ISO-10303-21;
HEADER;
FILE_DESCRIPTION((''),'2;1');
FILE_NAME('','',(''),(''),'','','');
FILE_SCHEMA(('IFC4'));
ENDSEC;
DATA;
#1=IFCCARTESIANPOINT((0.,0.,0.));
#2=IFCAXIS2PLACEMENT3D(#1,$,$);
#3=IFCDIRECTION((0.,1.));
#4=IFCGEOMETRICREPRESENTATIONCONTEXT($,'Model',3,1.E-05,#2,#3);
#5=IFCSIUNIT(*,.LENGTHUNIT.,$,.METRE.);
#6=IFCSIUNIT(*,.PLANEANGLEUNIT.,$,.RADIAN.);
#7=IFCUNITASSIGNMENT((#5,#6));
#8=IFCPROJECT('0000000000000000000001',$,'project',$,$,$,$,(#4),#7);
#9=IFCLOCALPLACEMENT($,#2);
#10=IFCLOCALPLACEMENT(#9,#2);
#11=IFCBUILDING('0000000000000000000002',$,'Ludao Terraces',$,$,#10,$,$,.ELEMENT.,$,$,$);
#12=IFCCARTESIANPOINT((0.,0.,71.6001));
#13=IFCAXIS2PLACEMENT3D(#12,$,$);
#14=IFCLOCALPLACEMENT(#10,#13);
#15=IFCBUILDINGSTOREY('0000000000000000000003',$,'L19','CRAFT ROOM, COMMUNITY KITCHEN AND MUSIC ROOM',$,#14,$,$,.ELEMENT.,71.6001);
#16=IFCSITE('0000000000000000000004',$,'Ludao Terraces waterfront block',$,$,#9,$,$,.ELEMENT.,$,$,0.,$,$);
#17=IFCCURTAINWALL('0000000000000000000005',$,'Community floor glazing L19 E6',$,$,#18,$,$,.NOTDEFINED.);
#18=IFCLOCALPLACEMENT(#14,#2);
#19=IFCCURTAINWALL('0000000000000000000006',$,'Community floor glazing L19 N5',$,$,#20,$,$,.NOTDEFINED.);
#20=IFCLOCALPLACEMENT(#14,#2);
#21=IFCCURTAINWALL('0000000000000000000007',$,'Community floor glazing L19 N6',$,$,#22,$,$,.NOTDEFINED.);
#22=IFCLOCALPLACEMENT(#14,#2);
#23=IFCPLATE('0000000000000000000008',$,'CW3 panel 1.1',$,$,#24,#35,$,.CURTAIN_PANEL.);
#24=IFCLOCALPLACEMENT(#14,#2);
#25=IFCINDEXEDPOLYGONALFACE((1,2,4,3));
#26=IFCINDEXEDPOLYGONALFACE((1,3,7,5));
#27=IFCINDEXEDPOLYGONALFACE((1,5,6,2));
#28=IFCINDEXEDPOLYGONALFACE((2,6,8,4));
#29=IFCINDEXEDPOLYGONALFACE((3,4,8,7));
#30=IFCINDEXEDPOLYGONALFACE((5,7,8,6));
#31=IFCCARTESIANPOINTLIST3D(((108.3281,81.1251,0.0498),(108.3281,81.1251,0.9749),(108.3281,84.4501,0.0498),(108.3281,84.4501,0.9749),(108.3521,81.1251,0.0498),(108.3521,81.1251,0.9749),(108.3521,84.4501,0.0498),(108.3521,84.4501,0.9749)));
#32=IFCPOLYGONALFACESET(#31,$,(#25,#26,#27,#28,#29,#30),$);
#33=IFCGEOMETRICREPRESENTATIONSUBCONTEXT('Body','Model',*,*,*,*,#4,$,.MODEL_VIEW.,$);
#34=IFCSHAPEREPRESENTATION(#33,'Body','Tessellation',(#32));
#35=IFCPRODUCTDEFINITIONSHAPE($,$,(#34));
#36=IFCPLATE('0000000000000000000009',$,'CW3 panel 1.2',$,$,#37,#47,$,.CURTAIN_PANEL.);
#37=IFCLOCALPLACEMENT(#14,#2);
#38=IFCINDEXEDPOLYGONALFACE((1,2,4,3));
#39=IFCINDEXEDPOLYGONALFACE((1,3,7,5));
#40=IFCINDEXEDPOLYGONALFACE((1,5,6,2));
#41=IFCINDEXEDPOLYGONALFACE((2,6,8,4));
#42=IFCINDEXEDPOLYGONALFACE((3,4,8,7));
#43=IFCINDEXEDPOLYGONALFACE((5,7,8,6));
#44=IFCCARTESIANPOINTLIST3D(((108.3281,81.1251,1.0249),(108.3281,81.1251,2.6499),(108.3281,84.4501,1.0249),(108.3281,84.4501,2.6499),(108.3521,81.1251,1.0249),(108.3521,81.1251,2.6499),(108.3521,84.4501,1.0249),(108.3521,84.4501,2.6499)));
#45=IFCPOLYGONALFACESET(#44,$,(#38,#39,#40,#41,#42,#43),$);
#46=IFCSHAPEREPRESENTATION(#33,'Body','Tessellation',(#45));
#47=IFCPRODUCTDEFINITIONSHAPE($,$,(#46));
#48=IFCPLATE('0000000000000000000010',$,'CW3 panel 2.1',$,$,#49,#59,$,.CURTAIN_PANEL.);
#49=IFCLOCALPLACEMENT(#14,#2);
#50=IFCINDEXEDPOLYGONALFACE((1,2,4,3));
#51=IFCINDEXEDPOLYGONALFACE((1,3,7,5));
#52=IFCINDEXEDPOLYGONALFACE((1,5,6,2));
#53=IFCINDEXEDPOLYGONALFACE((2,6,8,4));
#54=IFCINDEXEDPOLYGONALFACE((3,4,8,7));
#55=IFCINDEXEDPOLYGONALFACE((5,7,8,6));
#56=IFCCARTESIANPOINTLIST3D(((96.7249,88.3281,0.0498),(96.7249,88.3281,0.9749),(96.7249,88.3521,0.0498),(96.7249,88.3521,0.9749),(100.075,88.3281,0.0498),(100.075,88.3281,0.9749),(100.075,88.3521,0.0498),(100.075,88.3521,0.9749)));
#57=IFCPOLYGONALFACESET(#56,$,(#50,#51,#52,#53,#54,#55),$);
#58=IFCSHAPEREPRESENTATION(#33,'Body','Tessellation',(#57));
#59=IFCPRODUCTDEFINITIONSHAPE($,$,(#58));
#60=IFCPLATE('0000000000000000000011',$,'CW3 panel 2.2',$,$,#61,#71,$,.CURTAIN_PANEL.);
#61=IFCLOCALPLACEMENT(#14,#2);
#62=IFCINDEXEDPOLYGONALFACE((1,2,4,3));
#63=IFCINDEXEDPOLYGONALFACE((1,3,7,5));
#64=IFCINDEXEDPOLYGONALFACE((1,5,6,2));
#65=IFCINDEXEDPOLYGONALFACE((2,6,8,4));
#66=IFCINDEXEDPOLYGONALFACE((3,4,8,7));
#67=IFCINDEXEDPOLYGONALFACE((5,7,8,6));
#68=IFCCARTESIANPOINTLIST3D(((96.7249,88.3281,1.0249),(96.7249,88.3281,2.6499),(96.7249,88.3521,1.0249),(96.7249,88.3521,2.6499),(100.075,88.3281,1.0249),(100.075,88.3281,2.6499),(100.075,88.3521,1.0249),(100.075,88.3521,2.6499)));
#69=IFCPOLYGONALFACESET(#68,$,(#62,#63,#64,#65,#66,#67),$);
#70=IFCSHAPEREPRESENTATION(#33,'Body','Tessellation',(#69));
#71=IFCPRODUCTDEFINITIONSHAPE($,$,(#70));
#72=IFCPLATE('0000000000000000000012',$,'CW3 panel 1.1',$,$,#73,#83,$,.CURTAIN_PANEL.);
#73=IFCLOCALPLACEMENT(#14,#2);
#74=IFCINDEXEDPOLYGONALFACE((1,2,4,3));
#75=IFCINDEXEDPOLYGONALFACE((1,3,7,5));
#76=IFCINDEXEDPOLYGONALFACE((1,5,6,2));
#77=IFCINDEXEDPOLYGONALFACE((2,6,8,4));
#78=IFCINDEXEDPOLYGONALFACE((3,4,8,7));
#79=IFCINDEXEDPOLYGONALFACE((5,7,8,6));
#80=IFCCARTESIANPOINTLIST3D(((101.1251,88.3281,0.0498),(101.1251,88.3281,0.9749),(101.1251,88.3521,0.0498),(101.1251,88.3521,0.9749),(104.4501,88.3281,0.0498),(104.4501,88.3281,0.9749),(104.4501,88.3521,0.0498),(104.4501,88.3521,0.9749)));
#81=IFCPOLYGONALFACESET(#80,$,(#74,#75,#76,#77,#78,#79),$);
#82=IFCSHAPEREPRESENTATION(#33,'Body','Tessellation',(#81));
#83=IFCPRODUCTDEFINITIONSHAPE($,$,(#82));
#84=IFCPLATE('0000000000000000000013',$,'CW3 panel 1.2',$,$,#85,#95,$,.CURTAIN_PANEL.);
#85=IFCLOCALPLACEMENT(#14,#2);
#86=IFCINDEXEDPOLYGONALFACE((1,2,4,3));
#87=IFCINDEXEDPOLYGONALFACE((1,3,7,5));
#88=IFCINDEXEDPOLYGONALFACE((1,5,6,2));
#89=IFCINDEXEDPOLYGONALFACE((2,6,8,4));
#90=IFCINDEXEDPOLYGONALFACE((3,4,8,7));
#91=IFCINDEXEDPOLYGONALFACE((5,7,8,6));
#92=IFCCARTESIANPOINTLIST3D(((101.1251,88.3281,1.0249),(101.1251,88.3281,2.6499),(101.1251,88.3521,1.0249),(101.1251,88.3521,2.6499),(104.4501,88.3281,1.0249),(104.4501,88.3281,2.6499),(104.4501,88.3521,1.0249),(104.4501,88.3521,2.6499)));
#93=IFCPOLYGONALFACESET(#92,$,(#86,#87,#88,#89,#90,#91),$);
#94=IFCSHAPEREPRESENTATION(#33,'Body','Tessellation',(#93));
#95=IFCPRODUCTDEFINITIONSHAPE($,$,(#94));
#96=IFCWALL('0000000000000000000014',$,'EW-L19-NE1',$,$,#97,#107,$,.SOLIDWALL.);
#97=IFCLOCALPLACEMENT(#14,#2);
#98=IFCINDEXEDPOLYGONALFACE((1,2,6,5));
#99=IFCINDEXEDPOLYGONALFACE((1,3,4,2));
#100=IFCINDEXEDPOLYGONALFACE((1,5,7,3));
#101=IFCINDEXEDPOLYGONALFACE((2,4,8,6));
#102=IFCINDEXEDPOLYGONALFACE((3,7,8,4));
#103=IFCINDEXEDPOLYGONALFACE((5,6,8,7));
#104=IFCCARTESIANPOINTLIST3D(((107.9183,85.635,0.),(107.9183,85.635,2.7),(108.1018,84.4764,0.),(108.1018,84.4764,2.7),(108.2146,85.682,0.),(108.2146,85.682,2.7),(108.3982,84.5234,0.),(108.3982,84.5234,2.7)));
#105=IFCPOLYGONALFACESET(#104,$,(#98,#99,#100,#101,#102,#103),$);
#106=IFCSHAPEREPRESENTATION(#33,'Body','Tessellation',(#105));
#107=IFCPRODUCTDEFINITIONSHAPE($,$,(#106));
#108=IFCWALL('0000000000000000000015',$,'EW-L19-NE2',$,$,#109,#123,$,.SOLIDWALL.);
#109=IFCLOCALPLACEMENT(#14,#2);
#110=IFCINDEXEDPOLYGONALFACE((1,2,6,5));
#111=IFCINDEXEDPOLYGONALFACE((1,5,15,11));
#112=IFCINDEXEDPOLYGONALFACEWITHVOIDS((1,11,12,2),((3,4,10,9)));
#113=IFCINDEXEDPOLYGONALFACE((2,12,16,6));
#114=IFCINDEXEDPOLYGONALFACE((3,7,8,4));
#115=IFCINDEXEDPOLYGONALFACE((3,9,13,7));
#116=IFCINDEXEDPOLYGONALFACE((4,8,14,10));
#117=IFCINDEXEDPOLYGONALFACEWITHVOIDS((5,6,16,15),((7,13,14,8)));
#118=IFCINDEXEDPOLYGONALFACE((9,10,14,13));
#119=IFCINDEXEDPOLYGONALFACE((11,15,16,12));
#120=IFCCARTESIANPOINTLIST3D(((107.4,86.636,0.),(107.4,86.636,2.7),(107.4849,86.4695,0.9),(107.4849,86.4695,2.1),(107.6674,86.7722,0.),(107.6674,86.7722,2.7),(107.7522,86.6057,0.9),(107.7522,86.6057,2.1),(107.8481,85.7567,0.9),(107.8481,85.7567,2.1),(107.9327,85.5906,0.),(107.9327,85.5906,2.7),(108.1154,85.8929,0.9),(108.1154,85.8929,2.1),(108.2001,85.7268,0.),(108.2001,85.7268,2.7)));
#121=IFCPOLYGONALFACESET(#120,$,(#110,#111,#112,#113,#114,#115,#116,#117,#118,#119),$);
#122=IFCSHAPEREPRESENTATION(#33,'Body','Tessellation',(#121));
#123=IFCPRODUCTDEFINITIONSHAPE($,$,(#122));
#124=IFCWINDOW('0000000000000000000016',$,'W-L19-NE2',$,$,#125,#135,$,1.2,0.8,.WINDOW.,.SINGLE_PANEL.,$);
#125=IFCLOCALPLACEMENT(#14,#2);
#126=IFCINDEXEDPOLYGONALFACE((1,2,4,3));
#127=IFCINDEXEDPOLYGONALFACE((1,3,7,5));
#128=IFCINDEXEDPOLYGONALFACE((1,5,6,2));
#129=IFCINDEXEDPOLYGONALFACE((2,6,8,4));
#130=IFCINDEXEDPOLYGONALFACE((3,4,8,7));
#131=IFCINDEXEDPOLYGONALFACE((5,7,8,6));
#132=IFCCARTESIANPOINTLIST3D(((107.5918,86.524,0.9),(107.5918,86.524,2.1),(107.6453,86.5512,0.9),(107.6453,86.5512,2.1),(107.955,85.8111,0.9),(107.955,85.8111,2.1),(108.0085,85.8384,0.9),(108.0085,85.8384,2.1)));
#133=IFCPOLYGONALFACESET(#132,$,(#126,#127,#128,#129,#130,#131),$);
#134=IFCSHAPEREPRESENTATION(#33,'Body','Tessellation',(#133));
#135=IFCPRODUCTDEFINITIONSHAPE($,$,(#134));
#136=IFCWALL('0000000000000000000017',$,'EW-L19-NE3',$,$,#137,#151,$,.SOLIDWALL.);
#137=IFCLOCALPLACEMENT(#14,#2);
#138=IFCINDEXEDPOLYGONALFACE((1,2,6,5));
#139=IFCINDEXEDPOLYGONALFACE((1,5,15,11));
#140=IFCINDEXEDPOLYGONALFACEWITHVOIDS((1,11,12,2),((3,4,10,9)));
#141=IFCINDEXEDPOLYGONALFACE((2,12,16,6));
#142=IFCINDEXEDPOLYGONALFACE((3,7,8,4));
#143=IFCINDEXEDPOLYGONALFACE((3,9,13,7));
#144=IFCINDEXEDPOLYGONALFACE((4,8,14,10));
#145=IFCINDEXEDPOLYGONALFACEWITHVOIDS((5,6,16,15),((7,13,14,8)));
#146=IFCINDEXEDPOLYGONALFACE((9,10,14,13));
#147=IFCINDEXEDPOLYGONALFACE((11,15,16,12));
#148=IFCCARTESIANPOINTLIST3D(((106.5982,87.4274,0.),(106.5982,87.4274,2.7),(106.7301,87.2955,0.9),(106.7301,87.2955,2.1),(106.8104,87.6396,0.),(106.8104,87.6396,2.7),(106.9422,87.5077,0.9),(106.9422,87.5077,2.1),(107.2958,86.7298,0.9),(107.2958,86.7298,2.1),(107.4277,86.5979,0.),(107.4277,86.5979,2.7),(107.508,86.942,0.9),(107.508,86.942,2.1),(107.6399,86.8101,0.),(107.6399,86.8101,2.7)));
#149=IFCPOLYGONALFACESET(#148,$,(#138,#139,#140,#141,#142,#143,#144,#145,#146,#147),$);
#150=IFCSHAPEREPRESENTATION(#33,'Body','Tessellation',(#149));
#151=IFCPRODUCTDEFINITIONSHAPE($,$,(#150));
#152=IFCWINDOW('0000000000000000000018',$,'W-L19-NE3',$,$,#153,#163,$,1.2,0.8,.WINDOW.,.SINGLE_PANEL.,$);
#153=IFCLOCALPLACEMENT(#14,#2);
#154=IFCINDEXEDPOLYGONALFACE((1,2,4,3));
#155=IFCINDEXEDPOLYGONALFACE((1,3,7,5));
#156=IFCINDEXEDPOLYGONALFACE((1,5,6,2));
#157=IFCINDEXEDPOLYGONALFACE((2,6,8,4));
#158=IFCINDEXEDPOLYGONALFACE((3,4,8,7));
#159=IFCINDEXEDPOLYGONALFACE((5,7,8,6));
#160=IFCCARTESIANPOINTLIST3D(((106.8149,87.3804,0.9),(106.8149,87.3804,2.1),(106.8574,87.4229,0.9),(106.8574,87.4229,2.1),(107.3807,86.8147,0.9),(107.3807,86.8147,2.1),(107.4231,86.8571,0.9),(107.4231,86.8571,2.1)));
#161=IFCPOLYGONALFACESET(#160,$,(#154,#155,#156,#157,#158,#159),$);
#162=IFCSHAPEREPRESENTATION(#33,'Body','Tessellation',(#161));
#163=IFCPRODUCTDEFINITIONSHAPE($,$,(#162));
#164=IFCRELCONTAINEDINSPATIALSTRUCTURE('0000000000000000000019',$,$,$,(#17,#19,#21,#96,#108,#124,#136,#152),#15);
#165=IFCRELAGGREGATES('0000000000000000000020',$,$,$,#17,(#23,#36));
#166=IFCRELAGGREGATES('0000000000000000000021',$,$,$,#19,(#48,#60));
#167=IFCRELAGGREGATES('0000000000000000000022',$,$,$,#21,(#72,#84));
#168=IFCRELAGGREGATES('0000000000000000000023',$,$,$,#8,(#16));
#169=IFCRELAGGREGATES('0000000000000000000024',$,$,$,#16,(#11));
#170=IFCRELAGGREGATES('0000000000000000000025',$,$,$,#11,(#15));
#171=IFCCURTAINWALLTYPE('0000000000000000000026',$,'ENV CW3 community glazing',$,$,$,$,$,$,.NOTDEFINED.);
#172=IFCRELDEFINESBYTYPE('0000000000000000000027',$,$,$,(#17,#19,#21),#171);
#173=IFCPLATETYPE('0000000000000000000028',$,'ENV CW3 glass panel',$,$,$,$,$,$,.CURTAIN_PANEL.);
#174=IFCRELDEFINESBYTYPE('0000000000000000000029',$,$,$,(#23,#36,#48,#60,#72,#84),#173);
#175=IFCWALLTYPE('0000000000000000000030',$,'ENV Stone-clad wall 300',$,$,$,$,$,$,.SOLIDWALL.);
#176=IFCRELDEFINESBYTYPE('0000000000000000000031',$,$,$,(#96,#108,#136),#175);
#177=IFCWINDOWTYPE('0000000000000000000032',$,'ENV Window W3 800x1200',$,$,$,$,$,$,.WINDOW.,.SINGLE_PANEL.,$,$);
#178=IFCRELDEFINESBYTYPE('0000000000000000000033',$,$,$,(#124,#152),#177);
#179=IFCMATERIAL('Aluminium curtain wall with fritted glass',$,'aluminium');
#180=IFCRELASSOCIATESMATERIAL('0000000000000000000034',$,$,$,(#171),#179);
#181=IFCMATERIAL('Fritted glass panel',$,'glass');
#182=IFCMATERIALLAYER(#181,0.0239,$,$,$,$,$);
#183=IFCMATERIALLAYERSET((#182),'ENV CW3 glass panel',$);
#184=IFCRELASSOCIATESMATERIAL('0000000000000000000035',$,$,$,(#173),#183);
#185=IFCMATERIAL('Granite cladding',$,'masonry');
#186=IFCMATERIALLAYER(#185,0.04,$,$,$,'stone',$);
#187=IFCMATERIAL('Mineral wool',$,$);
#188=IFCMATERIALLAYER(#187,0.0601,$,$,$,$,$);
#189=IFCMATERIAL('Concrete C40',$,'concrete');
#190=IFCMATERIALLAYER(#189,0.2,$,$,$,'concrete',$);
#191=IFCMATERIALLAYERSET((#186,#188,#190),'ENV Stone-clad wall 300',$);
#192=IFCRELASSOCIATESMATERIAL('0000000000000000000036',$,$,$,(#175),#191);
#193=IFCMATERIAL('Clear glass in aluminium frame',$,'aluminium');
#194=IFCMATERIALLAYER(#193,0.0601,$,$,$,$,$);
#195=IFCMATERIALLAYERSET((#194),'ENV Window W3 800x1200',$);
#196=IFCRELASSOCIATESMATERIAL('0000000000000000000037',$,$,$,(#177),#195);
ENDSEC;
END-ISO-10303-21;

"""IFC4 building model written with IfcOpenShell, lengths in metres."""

from ifc_helpers import new_model, si_unit, direction, frame, frame_2d, origin, origin_2d, place, context, subcontext, project, spatial, rectangle, extrude, material, layer, layer_set, type_object, element, fill, aggregate, save


model = new_model("IFC4")

# Units and contexts
model_context = context("Model", 3, precision=1e-05, world=origin(), true_north=direction((0.0, 1.0)))
body_context = subcontext(model_context, "Body", "Model", "MODEL_VIEW")
ifc_project = project(units=[si_unit("LENGTHUNIT", "METRE"), si_unit("PLANEANGLEUNIT", "RADIAN")], contexts=[model_context])

# Site, building, storey
site_placement = place(None, origin())
site = spatial("IfcSite", under=ifc_project, at=site_placement, Name="Ludao Terraces waterfront block", CompositionType="ELEMENT", RefElevation=0.0)
building_placement = place(site_placement, origin())
building = spatial("IfcBuilding", under=site, at=building_placement, Name="Ludao Terraces", CompositionType="ELEMENT")
storey_placement = place(building_placement, frame((0.0, 0.0, 71.6001)))
storey = spatial("IfcBuildingStorey", under=building, at=storey_placement, Name="L19", Description="CRAFT ROOM, COMMUNITY KITCHEN AND MUSIC ROOM", CompositionType="ELEMENT", Elevation=71.6001)

# Curtain walls
ifc_material_1 = material(Name="Aluminium curtain wall with fritted glass", Category="aluminium")
curtain_wall_type = type_object("IfcCurtainWallType", Name="ENV CW3 community glazing", PredefinedType="NOTDEFINED", material=ifc_material_1)
curtain_wall_1_placement = place(storey_placement, origin())
curtain_wall_1 = element("IfcCurtainWall", 1, at=curtain_wall_1_placement, inside=storey, type_object=curtain_wall_type, Name="Community floor glazing L19 E6", PredefinedType="NOTDEFINED")
curtain_wall_2_placement = place(storey_placement, origin())
curtain_wall_2 = element("IfcCurtainWall", 2, at=curtain_wall_2_placement, inside=storey, type_object=curtain_wall_type, Name="Community floor glazing L19 N5", PredefinedType="NOTDEFINED")

# Curtain wall
curtain_wall_3_placement = place(storey_placement, origin())
curtain_wall_3 = element("IfcCurtainWall", 3, at=curtain_wall_3_placement, inside=storey, type_object=curtain_wall_type, Name="Community floor glazing L19 N6", PredefinedType="NOTDEFINED")

# Shared definitions
ifc_material_2 = material(Name="Concrete C40", Category="concrete")

# Plates
ifc_material_3 = material(Name="Fritted glass panel", Category="glass")
ifc_layer_1 = layer(ifc_material_3, 0.0239)
ifc_layer_set_1 = layer_set([ifc_layer_1], Name="ENV CW3 glass panel")
plate_type = type_object("IfcPlateType", Name="ENV CW3 glass panel", PredefinedType="CURTAIN_PANEL", material=ifc_layer_set_1)
plate_1_placement = place(storey_placement, frame((108.3401, 82.7876, 0.0498), z_axis=(0.0, 0.0, 1.0), x_axis=(0.0, 1.0, 0.0)))
plate_1 = element("IfcPlate", 4, at=plate_1_placement, type_object=plate_type, Name="CW3 panel 1.1", PredefinedType="CURTAIN_PANEL", context=body_context, shape_type="SweptSolid", body=[
    extrude(rectangle(XDim=3.325, YDim=0.0239, at=origin_2d()), origin(), (0.0, 0.0, 1.0), 0.925),
])
plate_2_placement = place(storey_placement, frame((108.3401, 82.7876, 1.0249), z_axis=(0.0, 0.0, 1.0), x_axis=(0.0, 1.0, 0.0)))
plate_2 = element("IfcPlate", 5, at=plate_2_placement, type_object=plate_type, Name="CW3 panel 1.2", PredefinedType="CURTAIN_PANEL", context=body_context, shape_type="SweptSolid", body=[
    extrude(rectangle(XDim=3.325, YDim=0.0239, at=origin_2d()), origin(), (0.0, 0.0, 1.0), 1.625),
])
aggregate(curtain_wall_1, [plate_1, plate_2])
plate_3_placement = place(storey_placement, frame((98.3999, 88.3401, 0.0498), z_axis=(0.0, 0.0, 1.0), x_axis=(1.0, 0.0, 0.0)))
plate_3 = element("IfcPlate", 6, at=plate_3_placement, type_object=plate_type, Name="CW3 panel 2.1", PredefinedType="CURTAIN_PANEL", context=body_context, shape_type="SweptSolid", body=[
    extrude(rectangle(XDim=3.3501, YDim=0.0239, at=origin_2d()), origin(), (0.0, 0.0, 1.0), 0.925),
])
plate_4_placement = place(storey_placement, frame((98.3999, 88.3401, 1.0249), z_axis=(0.0, 0.0, 1.0), x_axis=(1.0, 0.0, 0.0)))
plate_4 = element("IfcPlate", 7, at=plate_4_placement, type_object=plate_type, Name="CW3 panel 2.2", PredefinedType="CURTAIN_PANEL", context=body_context, shape_type="SweptSolid", body=[
    extrude(rectangle(XDim=3.3501, YDim=0.0239, at=origin_2d()), origin(), (0.0, 0.0, 1.0), 1.625),
])
aggregate(curtain_wall_2, [plate_3, plate_4])
plate_5_placement = place(storey_placement, frame((102.7876, 88.3401, 0.0498), z_axis=(0.0, 0.0, 1.0), x_axis=(1.0, 0.0, 0.0)))
plate_5 = element("IfcPlate", 8, at=plate_5_placement, type_object=plate_type, Name="CW3 panel 1.1", PredefinedType="CURTAIN_PANEL", context=body_context, shape_type="SweptSolid", body=[
    extrude(rectangle(XDim=3.325, YDim=0.0239, at=origin_2d()), origin(), (0.0, 0.0, 1.0), 0.925),
])
plate_6_placement = place(storey_placement, frame((102.7876, 88.3401, 1.0249), z_axis=(0.0, 0.0, 1.0), x_axis=(1.0, 0.0, 0.0)))
plate_6 = element("IfcPlate", 9, at=plate_6_placement, type_object=plate_type, Name="CW3 panel 1.2", PredefinedType="CURTAIN_PANEL", context=body_context, shape_type="SweptSolid", body=[
    extrude(rectangle(XDim=3.325, YDim=0.0239, at=origin_2d()), origin(), (0.0, 0.0, 1.0), 1.625),
])
aggregate(curtain_wall_3, [plate_5, plate_6])

# Wall
ifc_material_4 = material(Name="Granite cladding", Category="masonry")
ifc_layer_2 = layer(ifc_material_4, 0.04, Category="stone")
ifc_material_5 = material(Name="Mineral wool")
ifc_layer_3 = layer(ifc_material_5, 0.0601)
ifc_layer_4 = layer(ifc_material_2, 0.2, Category="concrete")
ifc_layer_set_2 = layer_set([ifc_layer_2, ifc_layer_3, ifc_layer_4], Name="ENV Stone-clad wall 300")
wall_type = type_object("IfcWallType", Name="ENV Stone-clad wall 300", PredefinedType="SOLIDWALL", material=ifc_layer_set_2)
wall_1_placement = place(storey_placement, frame((108.25, 84.5, 0.0), z_axis=(0.0, 0.0, 1.0), x_axis=(-0.156497, 0.987678, 0.0)))
element("IfcWall", 10, at=wall_1_placement, inside=storey, type_object=wall_type, Name="EW-L19-NE1", PredefinedType="SOLIDWALL", context=body_context, shape_type="SweptSolid", body=[
    extrude(rectangle(XDim=1.1731, YDim=0.3, at=frame_2d((0.5864, 0.0))), origin(), (0.0, 0.0, 1.0), 2.7),
])

# Walls, openings, windows
wall_2_placement = place(storey_placement, frame((108.0664, 85.6587, 0.0), z_axis=(0.0, 0.0, 1.0), x_axis=(-0.454026, 0.890989, 0.0)))
wall_2 = element("IfcWall", 11, at=wall_2_placement, inside=storey, type_object=wall_type, Name="EW-L19-NE2", PredefinedType="SOLIDWALL", context=body_context, shape_type="SweptSolid", body=[
    extrude(rectangle(XDim=1.1733, YDim=0.3, at=frame_2d((0.5867, 0.0))), origin(), (0.0, 0.0, 1.0), 2.7),
])
opening_1_placement = place(wall_2_placement, frame((0.1865, 0.0, 0.8999)))
opening_1 = element("IfcOpeningElement", 12, at=opening_1_placement, cuts=wall_2, PredefinedType="OPENING", context=body_context, shape_type="SweptSolid", body=[
    extrude(rectangle(XDim=0.8, YDim=1.2, at=frame_2d((0.3999, 0.6001))), frame((0.0, 0.1602, 0.0), z_axis=(0.0, -1.0, 0.0), x_axis=(1.0, 0.0, 0.0)), (0.0, 0.0, 1.0), 0.3201),
])
ifc_material_6 = material(Name="Clear glass in aluminium frame", Category="aluminium")
ifc_layer_5 = layer(ifc_material_6, 0.0601)
ifc_layer_set_3 = layer_set([ifc_layer_5], Name="ENV Window W3 800x1200")
window_type = type_object("IfcWindowType", Name="ENV Window W3 800x1200", PartitioningType="SINGLE_PANEL", PredefinedType="WINDOW", material=ifc_layer_set_3)
window_1_placement = place(opening_1_placement, origin())
window_1 = element("IfcWindow", 13, at=window_1_placement, inside=storey, type_object=window_type, Name="W-L19-NE2", OverallHeight=1.2, OverallWidth=0.8, PartitioningType="SINGLE_PANEL", PredefinedType="WINDOW", context=body_context, shape_type="SweptSolid", body=[
    extrude(rectangle(XDim=0.8, YDim=1.2, at=frame_2d((0.3999, 0.6001))), frame((0.0, 0.03, 0.0), z_axis=(0.0, -1.0, 0.0), x_axis=(1.0, 0.0, 0.0)), (0.0, 0.0, 1.0), 0.0601),
])
fill(opening_1, window_1)
wall_3_placement = place(storey_placement, frame((107.5337, 86.7041, 0.0), z_axis=(0.0, 0.0, 1.0), x_axis=(-0.707107, 0.707107, 0.0)))
wall_3 = element("IfcWall", 14, at=wall_3_placement, inside=storey, type_object=wall_type, Name="EW-L19-NE3", PredefinedType="SOLIDWALL", context=body_context, shape_type="SweptSolid", body=[
    extrude(rectangle(XDim=1.1731, YDim=0.3, at=frame_2d((0.5864, 0.0))), origin(), (0.0, 0.0, 1.0), 2.7),
])
opening_2_placement = place(wall_3_placement, frame((0.1865, 0.0, 0.8999)))
opening_2 = element("IfcOpeningElement", 15, at=opening_2_placement, cuts=wall_3, PredefinedType="OPENING", context=body_context, shape_type="SweptSolid", body=[
    extrude(rectangle(XDim=0.8, YDim=1.2, at=frame_2d((0.3999, 0.6001))), frame((0.0, 0.1602, 0.0), z_axis=(0.0, -1.0, 0.0), x_axis=(1.0, 0.0, 0.0)), (0.0, 0.0, 1.0), 0.3201),
])
window_2_placement = place(opening_2_placement, origin())
window_2 = element("IfcWindow", 16, at=window_2_placement, inside=storey, type_object=window_type, Name="W-L19-NE3", OverallHeight=1.2, OverallWidth=0.8, PartitioningType="SINGLE_PANEL", PredefinedType="WINDOW", context=body_context, shape_type="SweptSolid", body=[
    extrude(rectangle(XDim=0.8, YDim=1.2, at=frame_2d((0.3999, 0.6001))), frame((0.0, 0.03, 0.0), z_axis=(0.0, -1.0, 0.0), x_axis=(1.0, 0.0, 0.0)), (0.0, 0.0, 1.0), 0.0601),
])
fill(opening_2, window_2)

save(model, "model.ifc")
